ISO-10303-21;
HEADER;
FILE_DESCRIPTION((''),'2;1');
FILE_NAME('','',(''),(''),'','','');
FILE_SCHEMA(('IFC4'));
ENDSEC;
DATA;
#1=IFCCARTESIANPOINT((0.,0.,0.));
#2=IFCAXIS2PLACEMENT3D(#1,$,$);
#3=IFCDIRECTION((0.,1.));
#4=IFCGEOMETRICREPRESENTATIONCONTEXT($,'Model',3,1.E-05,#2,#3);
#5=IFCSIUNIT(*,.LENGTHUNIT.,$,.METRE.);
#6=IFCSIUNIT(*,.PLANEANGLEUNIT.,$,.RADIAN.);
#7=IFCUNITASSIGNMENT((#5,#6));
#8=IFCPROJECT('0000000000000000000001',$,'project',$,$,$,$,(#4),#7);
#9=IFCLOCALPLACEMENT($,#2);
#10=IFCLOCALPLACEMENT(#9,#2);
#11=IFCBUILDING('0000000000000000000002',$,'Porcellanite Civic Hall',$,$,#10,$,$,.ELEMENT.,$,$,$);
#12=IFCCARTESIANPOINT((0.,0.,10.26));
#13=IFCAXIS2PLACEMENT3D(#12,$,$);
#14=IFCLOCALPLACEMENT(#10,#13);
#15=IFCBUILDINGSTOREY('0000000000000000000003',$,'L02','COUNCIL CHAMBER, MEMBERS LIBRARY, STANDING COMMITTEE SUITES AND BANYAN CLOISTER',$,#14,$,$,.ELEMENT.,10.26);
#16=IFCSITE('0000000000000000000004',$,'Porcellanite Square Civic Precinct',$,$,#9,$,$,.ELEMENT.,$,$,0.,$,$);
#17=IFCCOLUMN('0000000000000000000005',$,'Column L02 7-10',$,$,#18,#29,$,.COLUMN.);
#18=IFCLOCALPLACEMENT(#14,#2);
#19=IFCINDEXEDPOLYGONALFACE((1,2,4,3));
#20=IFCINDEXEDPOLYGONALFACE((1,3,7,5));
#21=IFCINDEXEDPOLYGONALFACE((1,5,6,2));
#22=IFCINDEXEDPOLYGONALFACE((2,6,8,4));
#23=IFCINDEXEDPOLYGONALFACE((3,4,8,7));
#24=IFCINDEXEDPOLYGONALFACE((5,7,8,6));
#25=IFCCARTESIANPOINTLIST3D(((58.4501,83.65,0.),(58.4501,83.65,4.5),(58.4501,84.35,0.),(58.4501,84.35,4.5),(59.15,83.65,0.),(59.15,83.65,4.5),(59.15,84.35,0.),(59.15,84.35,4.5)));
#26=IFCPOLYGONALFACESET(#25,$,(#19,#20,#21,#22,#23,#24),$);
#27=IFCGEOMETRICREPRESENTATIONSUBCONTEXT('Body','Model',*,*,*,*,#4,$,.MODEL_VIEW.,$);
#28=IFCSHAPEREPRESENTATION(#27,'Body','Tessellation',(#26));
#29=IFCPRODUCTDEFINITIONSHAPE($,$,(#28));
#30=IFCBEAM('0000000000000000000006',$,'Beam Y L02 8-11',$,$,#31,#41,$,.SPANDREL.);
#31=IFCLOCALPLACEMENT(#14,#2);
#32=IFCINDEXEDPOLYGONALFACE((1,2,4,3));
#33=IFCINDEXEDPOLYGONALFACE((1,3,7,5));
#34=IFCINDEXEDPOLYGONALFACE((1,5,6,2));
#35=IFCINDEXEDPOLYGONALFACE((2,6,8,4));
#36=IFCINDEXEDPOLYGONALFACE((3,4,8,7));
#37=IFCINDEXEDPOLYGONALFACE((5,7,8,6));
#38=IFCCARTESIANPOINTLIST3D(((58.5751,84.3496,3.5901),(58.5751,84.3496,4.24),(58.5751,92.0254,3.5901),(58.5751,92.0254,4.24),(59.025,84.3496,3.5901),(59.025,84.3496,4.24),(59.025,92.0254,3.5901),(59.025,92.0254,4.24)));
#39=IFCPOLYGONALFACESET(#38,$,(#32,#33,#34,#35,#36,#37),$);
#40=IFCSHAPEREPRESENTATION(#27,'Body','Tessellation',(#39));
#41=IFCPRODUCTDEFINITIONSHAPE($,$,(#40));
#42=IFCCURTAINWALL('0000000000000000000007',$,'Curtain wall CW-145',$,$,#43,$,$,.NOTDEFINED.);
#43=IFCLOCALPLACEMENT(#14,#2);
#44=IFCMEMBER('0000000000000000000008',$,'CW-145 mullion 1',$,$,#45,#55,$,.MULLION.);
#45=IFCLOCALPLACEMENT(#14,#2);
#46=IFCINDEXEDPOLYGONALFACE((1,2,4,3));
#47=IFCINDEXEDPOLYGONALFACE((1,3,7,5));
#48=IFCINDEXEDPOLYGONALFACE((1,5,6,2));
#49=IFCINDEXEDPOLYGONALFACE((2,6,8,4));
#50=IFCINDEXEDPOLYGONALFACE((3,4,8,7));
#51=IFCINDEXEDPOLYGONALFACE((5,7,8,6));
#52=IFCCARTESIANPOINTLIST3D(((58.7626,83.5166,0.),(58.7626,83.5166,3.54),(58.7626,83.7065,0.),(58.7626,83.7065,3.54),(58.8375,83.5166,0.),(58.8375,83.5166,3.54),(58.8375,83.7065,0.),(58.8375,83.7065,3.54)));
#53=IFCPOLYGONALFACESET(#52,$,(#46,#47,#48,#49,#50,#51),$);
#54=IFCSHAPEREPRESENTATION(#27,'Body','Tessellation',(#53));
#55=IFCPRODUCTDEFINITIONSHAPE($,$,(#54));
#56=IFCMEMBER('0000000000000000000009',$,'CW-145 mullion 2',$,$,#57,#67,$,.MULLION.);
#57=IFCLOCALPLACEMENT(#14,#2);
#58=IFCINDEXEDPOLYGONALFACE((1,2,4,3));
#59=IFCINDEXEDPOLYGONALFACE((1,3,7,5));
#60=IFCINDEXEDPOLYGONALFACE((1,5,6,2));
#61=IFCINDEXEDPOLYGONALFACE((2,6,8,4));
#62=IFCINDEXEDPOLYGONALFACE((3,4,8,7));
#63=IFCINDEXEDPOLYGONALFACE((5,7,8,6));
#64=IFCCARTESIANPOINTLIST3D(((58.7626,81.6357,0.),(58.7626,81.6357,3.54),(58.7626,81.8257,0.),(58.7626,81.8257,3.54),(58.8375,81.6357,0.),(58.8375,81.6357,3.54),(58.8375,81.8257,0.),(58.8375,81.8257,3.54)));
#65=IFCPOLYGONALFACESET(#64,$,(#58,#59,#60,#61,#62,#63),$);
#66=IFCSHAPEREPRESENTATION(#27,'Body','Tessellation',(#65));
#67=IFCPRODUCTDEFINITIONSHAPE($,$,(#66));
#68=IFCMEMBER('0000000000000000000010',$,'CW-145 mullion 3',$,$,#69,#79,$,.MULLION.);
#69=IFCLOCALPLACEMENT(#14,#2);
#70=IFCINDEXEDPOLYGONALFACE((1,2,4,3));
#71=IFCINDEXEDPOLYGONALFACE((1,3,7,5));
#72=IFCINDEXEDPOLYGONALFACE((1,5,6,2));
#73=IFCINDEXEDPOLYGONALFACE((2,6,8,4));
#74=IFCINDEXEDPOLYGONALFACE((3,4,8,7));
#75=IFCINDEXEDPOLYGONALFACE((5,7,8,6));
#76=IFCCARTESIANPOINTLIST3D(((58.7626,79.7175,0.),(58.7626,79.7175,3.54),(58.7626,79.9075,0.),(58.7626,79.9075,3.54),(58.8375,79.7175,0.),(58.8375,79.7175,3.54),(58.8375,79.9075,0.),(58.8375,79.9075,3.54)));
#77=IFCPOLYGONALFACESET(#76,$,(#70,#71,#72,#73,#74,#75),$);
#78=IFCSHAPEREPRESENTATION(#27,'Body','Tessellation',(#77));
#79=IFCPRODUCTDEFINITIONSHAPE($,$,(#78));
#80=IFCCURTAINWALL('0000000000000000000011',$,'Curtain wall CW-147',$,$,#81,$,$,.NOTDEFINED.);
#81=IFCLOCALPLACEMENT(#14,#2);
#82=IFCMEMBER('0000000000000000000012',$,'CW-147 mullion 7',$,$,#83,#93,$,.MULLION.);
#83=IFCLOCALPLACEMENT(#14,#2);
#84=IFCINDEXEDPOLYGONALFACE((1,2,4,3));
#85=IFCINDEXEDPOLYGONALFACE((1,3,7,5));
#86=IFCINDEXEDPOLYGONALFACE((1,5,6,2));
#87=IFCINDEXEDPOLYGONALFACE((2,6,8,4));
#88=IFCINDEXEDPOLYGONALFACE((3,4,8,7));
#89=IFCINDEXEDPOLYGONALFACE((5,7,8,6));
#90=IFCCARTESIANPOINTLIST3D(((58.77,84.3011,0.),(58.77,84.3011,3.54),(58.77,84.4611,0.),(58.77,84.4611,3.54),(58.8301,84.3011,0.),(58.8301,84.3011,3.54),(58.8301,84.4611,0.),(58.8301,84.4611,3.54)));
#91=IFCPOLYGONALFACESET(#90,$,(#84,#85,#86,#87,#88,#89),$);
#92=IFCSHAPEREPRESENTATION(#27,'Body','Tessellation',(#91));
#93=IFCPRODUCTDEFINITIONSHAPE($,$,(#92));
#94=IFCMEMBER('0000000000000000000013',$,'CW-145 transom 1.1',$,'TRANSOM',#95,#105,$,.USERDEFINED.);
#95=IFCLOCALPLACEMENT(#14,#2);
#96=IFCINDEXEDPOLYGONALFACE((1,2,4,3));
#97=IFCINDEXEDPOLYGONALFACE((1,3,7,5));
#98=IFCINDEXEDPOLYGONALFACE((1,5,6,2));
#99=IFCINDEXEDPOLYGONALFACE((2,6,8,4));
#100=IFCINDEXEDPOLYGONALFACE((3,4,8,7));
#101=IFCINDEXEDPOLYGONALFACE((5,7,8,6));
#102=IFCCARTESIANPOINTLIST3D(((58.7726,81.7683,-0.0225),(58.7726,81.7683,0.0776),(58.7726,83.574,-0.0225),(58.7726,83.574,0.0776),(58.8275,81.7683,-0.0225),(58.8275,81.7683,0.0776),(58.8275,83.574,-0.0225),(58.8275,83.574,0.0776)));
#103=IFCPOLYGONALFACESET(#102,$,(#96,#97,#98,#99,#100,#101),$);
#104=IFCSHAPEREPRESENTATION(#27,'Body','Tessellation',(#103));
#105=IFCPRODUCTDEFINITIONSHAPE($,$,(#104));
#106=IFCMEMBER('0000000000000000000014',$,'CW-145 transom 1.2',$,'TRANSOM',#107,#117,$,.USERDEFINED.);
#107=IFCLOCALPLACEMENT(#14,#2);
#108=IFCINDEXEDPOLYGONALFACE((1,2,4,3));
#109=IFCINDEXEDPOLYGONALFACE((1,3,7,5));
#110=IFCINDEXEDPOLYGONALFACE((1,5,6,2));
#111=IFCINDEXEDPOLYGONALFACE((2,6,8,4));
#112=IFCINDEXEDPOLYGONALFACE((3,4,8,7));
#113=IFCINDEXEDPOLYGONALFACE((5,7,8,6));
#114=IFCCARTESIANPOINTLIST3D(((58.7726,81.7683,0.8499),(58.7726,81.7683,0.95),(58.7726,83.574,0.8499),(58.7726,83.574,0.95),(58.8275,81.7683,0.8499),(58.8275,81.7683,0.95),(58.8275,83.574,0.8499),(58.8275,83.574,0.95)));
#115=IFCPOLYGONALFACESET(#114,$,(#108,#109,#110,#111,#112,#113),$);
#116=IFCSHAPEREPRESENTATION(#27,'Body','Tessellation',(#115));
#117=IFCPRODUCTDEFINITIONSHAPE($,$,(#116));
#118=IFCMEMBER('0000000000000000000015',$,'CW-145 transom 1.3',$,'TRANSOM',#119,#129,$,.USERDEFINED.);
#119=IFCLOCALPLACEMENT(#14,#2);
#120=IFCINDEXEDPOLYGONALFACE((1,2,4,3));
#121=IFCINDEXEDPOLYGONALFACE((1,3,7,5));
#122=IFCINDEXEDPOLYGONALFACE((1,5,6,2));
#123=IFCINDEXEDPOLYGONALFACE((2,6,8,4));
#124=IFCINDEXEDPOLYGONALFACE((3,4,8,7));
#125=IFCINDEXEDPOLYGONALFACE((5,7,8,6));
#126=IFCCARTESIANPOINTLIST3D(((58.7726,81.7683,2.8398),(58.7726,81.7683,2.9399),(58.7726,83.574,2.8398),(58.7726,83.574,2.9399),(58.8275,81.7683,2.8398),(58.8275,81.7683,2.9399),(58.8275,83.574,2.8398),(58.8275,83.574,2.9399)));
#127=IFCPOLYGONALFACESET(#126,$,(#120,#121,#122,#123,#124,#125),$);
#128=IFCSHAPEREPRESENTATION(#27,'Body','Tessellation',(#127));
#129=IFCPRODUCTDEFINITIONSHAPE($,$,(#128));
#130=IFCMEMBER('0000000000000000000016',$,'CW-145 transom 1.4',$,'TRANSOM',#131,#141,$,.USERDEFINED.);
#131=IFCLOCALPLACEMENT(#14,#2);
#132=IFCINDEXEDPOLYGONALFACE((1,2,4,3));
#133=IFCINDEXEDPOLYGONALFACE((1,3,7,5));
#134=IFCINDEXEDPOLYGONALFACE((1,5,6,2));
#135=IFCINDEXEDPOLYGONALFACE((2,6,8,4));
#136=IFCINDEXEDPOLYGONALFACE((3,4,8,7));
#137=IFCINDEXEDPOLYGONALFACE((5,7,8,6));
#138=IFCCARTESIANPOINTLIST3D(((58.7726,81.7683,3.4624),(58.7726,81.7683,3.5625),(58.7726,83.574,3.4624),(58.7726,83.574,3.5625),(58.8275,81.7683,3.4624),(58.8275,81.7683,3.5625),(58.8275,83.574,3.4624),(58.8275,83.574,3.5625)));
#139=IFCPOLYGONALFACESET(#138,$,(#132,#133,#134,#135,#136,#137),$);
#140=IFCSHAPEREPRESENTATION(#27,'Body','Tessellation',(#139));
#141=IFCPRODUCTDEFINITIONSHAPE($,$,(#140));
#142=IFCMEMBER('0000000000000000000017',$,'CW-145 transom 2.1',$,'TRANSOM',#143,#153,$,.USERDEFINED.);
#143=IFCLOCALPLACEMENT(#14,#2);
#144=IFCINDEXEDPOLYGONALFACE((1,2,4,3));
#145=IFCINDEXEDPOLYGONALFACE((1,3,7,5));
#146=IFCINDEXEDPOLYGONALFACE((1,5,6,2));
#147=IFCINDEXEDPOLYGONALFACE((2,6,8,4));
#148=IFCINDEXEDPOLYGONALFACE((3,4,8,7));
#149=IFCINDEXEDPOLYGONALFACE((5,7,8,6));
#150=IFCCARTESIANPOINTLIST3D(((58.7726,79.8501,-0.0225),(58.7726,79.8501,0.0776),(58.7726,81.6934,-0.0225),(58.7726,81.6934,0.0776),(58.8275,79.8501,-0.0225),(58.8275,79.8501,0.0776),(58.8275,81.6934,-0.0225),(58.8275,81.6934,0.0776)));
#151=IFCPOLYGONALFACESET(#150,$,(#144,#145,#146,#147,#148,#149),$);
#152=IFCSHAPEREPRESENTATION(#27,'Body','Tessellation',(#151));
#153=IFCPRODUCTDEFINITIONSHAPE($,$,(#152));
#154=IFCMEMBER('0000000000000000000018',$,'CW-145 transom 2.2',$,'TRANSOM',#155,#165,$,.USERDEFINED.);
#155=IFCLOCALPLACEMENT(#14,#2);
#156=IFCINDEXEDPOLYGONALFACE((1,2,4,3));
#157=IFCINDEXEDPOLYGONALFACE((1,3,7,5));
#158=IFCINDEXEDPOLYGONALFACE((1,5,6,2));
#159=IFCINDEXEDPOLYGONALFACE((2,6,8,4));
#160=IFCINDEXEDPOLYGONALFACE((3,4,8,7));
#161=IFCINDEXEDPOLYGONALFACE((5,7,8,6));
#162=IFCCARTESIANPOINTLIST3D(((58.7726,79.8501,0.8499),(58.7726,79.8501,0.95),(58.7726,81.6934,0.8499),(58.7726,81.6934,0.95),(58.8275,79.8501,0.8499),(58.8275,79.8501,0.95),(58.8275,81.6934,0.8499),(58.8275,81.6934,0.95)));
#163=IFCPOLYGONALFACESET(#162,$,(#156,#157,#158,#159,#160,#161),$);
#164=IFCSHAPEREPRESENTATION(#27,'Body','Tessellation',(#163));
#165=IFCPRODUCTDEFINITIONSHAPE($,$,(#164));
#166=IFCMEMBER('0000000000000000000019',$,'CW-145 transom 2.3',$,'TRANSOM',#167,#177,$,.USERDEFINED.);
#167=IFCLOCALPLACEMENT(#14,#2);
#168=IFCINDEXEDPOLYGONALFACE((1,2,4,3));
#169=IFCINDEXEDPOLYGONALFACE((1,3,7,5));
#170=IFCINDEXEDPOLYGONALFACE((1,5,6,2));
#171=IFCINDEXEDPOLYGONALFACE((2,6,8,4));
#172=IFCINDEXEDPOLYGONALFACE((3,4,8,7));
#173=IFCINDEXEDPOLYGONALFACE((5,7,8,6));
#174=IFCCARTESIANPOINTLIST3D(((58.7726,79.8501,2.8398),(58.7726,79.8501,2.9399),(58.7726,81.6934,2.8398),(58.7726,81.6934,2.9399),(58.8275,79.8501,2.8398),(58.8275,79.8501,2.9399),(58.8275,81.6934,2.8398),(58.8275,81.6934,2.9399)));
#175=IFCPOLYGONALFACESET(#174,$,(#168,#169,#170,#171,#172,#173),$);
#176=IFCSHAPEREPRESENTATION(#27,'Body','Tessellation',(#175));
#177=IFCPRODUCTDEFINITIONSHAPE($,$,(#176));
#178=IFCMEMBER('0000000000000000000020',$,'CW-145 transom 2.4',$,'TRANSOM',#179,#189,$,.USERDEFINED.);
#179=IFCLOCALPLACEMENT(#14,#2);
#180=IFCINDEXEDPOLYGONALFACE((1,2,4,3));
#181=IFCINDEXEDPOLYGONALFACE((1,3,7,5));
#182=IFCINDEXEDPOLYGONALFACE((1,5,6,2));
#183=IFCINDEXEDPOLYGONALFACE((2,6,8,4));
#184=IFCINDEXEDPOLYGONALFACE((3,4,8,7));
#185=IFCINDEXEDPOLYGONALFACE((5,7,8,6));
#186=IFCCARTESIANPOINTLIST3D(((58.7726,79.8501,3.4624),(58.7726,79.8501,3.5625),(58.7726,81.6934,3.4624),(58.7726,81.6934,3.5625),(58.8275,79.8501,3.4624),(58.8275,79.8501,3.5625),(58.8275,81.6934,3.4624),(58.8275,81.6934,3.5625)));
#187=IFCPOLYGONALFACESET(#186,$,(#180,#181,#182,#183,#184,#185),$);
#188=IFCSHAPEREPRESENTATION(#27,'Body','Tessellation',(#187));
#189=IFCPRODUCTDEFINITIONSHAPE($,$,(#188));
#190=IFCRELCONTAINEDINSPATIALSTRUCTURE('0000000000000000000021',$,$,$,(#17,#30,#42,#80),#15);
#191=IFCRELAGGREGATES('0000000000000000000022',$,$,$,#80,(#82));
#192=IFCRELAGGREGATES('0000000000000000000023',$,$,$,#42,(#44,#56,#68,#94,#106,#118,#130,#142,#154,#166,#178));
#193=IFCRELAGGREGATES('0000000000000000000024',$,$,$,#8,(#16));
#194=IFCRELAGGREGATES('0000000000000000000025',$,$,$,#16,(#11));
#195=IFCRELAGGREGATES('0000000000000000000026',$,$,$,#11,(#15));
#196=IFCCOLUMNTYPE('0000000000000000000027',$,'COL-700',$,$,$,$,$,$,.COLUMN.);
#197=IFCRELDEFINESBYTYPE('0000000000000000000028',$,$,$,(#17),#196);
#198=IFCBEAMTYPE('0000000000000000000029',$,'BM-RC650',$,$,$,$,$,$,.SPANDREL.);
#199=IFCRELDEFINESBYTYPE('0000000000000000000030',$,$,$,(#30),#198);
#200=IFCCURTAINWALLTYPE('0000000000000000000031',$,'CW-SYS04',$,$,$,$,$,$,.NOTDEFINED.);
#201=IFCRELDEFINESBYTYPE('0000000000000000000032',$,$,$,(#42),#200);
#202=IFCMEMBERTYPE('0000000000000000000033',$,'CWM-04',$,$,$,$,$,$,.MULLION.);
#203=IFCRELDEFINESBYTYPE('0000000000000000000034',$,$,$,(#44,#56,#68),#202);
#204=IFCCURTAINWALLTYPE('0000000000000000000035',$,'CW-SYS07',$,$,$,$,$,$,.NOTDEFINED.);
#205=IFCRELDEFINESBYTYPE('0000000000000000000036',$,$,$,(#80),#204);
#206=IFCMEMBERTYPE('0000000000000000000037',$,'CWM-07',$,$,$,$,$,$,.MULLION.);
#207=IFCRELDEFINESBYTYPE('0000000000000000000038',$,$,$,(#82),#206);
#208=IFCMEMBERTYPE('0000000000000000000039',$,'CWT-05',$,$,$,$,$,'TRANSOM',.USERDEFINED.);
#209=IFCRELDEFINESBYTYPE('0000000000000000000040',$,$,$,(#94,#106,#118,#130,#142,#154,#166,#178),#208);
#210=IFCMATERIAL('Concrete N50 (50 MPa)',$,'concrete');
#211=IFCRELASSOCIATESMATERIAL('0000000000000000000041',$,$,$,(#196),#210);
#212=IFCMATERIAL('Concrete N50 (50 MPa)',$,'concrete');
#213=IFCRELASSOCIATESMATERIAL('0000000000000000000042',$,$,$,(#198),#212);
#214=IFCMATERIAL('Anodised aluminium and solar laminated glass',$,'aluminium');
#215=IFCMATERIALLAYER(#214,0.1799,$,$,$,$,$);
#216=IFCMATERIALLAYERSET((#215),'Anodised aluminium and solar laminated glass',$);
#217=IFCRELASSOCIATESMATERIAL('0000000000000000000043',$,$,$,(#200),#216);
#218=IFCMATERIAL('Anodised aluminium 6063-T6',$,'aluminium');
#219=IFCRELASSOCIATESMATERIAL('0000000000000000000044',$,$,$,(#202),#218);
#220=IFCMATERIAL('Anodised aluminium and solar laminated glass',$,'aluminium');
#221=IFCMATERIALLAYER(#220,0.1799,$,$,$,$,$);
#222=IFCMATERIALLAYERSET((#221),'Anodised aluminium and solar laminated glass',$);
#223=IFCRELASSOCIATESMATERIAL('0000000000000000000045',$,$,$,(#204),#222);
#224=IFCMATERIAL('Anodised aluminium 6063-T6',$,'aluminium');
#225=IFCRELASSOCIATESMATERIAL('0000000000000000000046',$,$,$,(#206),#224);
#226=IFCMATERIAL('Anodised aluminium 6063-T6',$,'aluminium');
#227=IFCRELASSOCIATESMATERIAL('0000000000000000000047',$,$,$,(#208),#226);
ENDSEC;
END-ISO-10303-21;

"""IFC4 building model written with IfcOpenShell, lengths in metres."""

from ifc_helpers import new_model, si_unit, direction, frame, origin, origin_2d, place, context, subcontext, project, spatial, rectangle, extrude, material, layer, layer_set, material_profile, profile_set, type_object, element, aggregate, save


model = new_model("IFC4")

# Units and contexts
model_context = context("Model", 3, precision=1e-05, world=origin(), true_north=direction((0.0, 1.0)))
body_context = subcontext(model_context, "Body", "Model", "MODEL_VIEW")
ifc_project = project(units=[si_unit("LENGTHUNIT", "METRE"), si_unit("PLANEANGLEUNIT", "RADIAN")], contexts=[model_context])

# Site, building, storey
site_placement = place(None, origin())
site = spatial("IfcSite", under=ifc_project, at=site_placement, Name="Porcellanite Square Civic Precinct", CompositionType="ELEMENT", RefElevation=0.0)
building_placement = place(site_placement, origin())
building = spatial("IfcBuilding", under=site, at=building_placement, Name="Porcellanite Civic Hall", CompositionType="ELEMENT")
storey_placement = place(building_placement, frame((0.0, 0.0, 10.26)))
storey = spatial("IfcBuildingStorey", under=building, at=storey_placement, Name="L02", Description="COUNCIL CHAMBER, MEMBERS LIBRARY, STANDING COMMITTEE SUITES AND BANYAN CLOISTER", CompositionType="ELEMENT", Elevation=10.26)

# Column
ifc_material_1 = material(Name="Concrete N50 (50 MPa)", Category="concrete")
ifc_material_profile_1 = material_profile(ifc_material_1, rectangle(XDim=0.7, YDim=0.7, at=origin_2d()), Name="RC-700x700")
ifc_profile_set_1 = profile_set([ifc_material_profile_1], Name="Concrete N50 (50 MPa)")
column_type = type_object("IfcColumnType", Name="COL-700", PredefinedType="COLUMN", material=ifc_profile_set_1)
column_placement = place(storey_placement, frame((58.8, 84.0, 0.0), z_axis=(0.0, 0.0, 1.0), x_axis=(1.0, 0.0, 0.0)))
element("IfcColumn", 1, at=column_placement, inside=storey, type_object=column_type, Name="Column L02 7-10", PredefinedType="COLUMN", context=body_context, shape_type="SweptSolid", body=[
    extrude(rectangle(XDim=0.7, YDim=0.7, at=origin_2d()), origin(), (0.0, 0.0, 1.0), 4.5),
])

# Beam
ifc_material_2 = material(Name="Concrete N50 (50 MPa)", Category="concrete")
ifc_material_profile_2 = material_profile(ifc_material_2, rectangle(XDim=0.45, YDim=0.6499, at=origin_2d()), Name="RC-450x650")
ifc_profile_set_2 = profile_set([ifc_material_profile_2], Name="Concrete N50 (50 MPa)")
beam_type_1 = type_object("IfcBeamType", Name="BM-RC650", PredefinedType="SPANDREL", material=ifc_profile_set_2)
beam_1_placement = place(storey_placement, frame((58.8, 84.3496, 3.915), z_axis=(0.0, 1.0, 0.0), x_axis=(-1.0, 0.0, 0.0)))
element("IfcBeam", 2, at=beam_1_placement, inside=storey, type_object=beam_type_1, Name="Beam Y L02 8-11", PredefinedType="SPANDREL", context=body_context, shape_type="SweptSolid", body=[
    extrude(rectangle(XDim=0.45, YDim=0.6499, at=origin_2d()), origin(), (0.0, 0.0, 1.0), 7.6758),
])

# Curtain wall, members
ifc_material_3 = material(Name="Anodised aluminium and solar laminated glass", Category="aluminium")
ifc_layer_1 = layer(ifc_material_3, 0.1799)
ifc_layer_set_1 = layer_set([ifc_layer_1], Name="Anodised aluminium and solar laminated glass")
curtain_wall_type_1 = type_object("IfcCurtainWallType", Name="CW-SYS04", PredefinedType="NOTDEFINED", material=ifc_layer_set_1)
curtain_wall_1_placement = place(storey_placement, origin())
curtain_wall_1 = element("IfcCurtainWall", 3, at=curtain_wall_1_placement, inside=storey, type_object=curtain_wall_type_1, Name="Curtain wall CW-145", PredefinedType="NOTDEFINED")
ifc_material_4 = material(Name="Anodised aluminium 6063-T6", Category="aluminium")
ifc_material_profile_3 = material_profile(ifc_material_4, rectangle(XDim=0.075, YDim=0.1899, at=origin_2d()), Name="AL-75x190")
ifc_profile_set_3 = profile_set([ifc_material_profile_3], Name="Anodised aluminium 6063-T6")
member_type_1 = type_object("IfcMemberType", Name="CWM-04", PredefinedType="MULLION", material=ifc_profile_set_3)
member_1_placement = place(storey_placement, frame((58.8, 83.6116, 0.0), z_axis=(0.0, 0.0, 1.0), x_axis=(1.0, 0.0, 0.0)))
member_1 = element("IfcMember", 4, at=member_1_placement, type_object=member_type_1, Name="CW-145 mullion 1", PredefinedType="MULLION", context=body_context, shape_type="SweptSolid", body=[
    extrude(rectangle(XDim=0.075, YDim=0.1899, at=origin_2d()), origin(), (0.0, 0.0, 1.0), 3.54),
])
member_2_placement = place(storey_placement, frame((58.8, 81.7307, 0.0), z_axis=(0.0, 0.0, 1.0), x_axis=(1.0, 0.0, 0.0)))
member_2 = element("IfcMember", 5, at=member_2_placement, type_object=member_type_1, Name="CW-145 mullion 2", PredefinedType="MULLION", context=body_context, shape_type="SweptSolid", body=[
    extrude(rectangle(XDim=0.075, YDim=0.1899, at=origin_2d()), origin(), (0.0, 0.0, 1.0), 3.54),
])
member_3_placement = place(storey_placement, frame((58.8, 79.8125, 0.0), z_axis=(0.0, 0.0, 1.0), x_axis=(1.0, 0.0, 0.0)))
member_3 = element("IfcMember", 6, at=member_3_placement, type_object=member_type_1, Name="CW-145 mullion 3", PredefinedType="MULLION", context=body_context, shape_type="SweptSolid", body=[
    extrude(rectangle(XDim=0.075, YDim=0.1899, at=origin_2d()), origin(), (0.0, 0.0, 1.0), 3.54),
])

# Curtain wall, member
ifc_material_5 = material(Name="Anodised aluminium and solar laminated glass", Category="aluminium")
ifc_layer_2 = layer(ifc_material_5, 0.1799)
ifc_layer_set_2 = layer_set([ifc_layer_2], Name="Anodised aluminium and solar laminated glass")
curtain_wall_type_2 = type_object("IfcCurtainWallType", Name="CW-SYS07", PredefinedType="NOTDEFINED", material=ifc_layer_set_2)
curtain_wall_2_placement = place(storey_placement, origin())
curtain_wall_2 = element("IfcCurtainWall", 7, at=curtain_wall_2_placement, inside=storey, type_object=curtain_wall_type_2, Name="Curtain wall CW-147", PredefinedType="NOTDEFINED")
ifc_material_6 = material(Name="Anodised aluminium 6063-T6", Category="aluminium")
ifc_material_profile_4 = material_profile(ifc_material_6, rectangle(XDim=0.0601, YDim=0.1599, at=origin_2d()), Name="AL-60x160")
ifc_profile_set_4 = profile_set([ifc_material_profile_4], Name="Anodised aluminium 6063-T6")
member_type_2 = type_object("IfcMemberType", Name="CWM-07", PredefinedType="MULLION", material=ifc_profile_set_4)
member_4_placement = place(storey_placement, frame((58.8, 84.3811, 0.0), z_axis=(0.0, 0.0, 1.0), x_axis=(1.0, 0.0, 0.0)))
member_4 = element("IfcMember", 8, at=member_4_placement, type_object=member_type_2, Name="CW-147 mullion 7", PredefinedType="MULLION", context=body_context, shape_type="SweptSolid", body=[
    extrude(rectangle(XDim=0.0601, YDim=0.1599, at=origin_2d()), origin(), (0.0, 0.0, 1.0), 3.54),
])
aggregate(curtain_wall_2, [member_4])

# Members
ifc_material_7 = material(Name="Anodised aluminium 6063-T6", Category="aluminium")
ifc_material_profile_5 = material_profile(ifc_material_7, rectangle(XDim=0.0549, YDim=0.1001, at=origin_2d()), Name="AL-55x100")
ifc_profile_set_5 = profile_set([ifc_material_profile_5], Name="Anodised aluminium 6063-T6")
member_type_3 = type_object("IfcMemberType", Name="CWT-05", ElementType="TRANSOM", PredefinedType="USERDEFINED", material=ifc_profile_set_5)
member_5_placement = place(storey_placement, frame((58.8, 83.574, 0.0276), z_axis=(0.0, -1.0, 0.0), x_axis=(1.0, 0.0, 0.0)))
member_5 = element("IfcMember", 9, at=member_5_placement, type_object=member_type_3, Name="CW-145 transom 1.1", ObjectType="TRANSOM", PredefinedType="USERDEFINED", context=body_context, shape_type="SweptSolid", body=[
    extrude(rectangle(XDim=0.0549, YDim=0.1001, at=origin_2d()), origin(), (0.0, 0.0, 1.0), 1.8057),
])
member_6_placement = place(storey_placement, frame((58.8, 83.574, 0.8999), z_axis=(0.0, -1.0, 0.0), x_axis=(1.0, 0.0, 0.0)))
member_6 = element("IfcMember", 10, at=member_6_placement, type_object=member_type_3, Name="CW-145 transom 1.2", ObjectType="TRANSOM", PredefinedType="USERDEFINED", context=body_context, shape_type="SweptSolid", body=[
    extrude(rectangle(XDim=0.0549, YDim=0.1001, at=origin_2d()), origin(), (0.0, 0.0, 1.0), 1.8057),
])
member_7_placement = place(storey_placement, frame((58.8, 83.574, 2.8899), z_axis=(0.0, -1.0, 0.0), x_axis=(1.0, 0.0, 0.0)))
member_7 = element("IfcMember", 11, at=member_7_placement, type_object=member_type_3, Name="CW-145 transom 1.3", ObjectType="TRANSOM", PredefinedType="USERDEFINED", context=body_context, shape_type="SweptSolid", body=[
    extrude(rectangle(XDim=0.0549, YDim=0.1001, at=origin_2d()), origin(), (0.0, 0.0, 1.0), 1.8057),
])
member_8_placement = place(storey_placement, frame((58.8, 83.574, 3.5125), z_axis=(0.0, -1.0, 0.0), x_axis=(1.0, 0.0, 0.0)))
member_8 = element("IfcMember", 12, at=member_8_placement, type_object=member_type_3, Name="CW-145 transom 1.4", ObjectType="TRANSOM", PredefinedType="USERDEFINED", context=body_context, shape_type="SweptSolid", body=[
    extrude(rectangle(XDim=0.0549, YDim=0.1001, at=origin_2d()), origin(), (0.0, 0.0, 1.0), 1.8057),
])
member_9_placement = place(storey_placement, frame((58.8, 81.6934, 0.0276), z_axis=(0.0, -1.0, 0.0), x_axis=(1.0, 0.0, 0.0)))
member_9 = element("IfcMember", 13, at=member_9_placement, type_object=member_type_3, Name="CW-145 transom 2.1", ObjectType="TRANSOM", PredefinedType="USERDEFINED", context=body_context, shape_type="SweptSolid", body=[
    extrude(rectangle(XDim=0.0549, YDim=0.1001, at=origin_2d()), origin(), (0.0, 0.0, 1.0), 1.8433),
])
member_10_placement = place(storey_placement, frame((58.8, 81.6934, 0.8999), z_axis=(0.0, -1.0, 0.0), x_axis=(1.0, 0.0, 0.0)))
member_10 = element("IfcMember", 14, at=member_10_placement, type_object=member_type_3, Name="CW-145 transom 2.2", ObjectType="TRANSOM", PredefinedType="USERDEFINED", context=body_context, shape_type="SweptSolid", body=[
    extrude(rectangle(XDim=0.0549, YDim=0.1001, at=origin_2d()), origin(), (0.0, 0.0, 1.0), 1.8433),
])
member_11_placement = place(storey_placement, frame((58.8, 81.6934, 2.8899), z_axis=(0.0, -1.0, 0.0), x_axis=(1.0, 0.0, 0.0)))
member_11 = element("IfcMember", 15, at=member_11_placement, type_object=member_type_3, Name="CW-145 transom 2.3", ObjectType="TRANSOM", PredefinedType="USERDEFINED", context=body_context, shape_type="SweptSolid", body=[
    extrude(rectangle(XDim=0.0549, YDim=0.1001, at=origin_2d()), origin(), (0.0, 0.0, 1.0), 1.8433),
])
member_12_placement = place(storey_placement, frame((58.8, 81.6934, 3.5125), z_axis=(0.0, -1.0, 0.0), x_axis=(1.0, 0.0, 0.0)))
member_12 = element("IfcMember", 16, at=member_12_placement, type_object=member_type_3, Name="CW-145 transom 2.4", ObjectType="TRANSOM", PredefinedType="USERDEFINED", context=body_context, shape_type="SweptSolid", body=[
    extrude(rectangle(XDim=0.0549, YDim=0.1001, at=origin_2d()), origin(), (0.0, 0.0, 1.0), 1.8433),
])

aggregate(curtain_wall_1, [member_1, member_2, member_3, member_5, member_6, member_7, member_8, member_9, member_10, member_11, member_12])

save(model, "model.ifc")
